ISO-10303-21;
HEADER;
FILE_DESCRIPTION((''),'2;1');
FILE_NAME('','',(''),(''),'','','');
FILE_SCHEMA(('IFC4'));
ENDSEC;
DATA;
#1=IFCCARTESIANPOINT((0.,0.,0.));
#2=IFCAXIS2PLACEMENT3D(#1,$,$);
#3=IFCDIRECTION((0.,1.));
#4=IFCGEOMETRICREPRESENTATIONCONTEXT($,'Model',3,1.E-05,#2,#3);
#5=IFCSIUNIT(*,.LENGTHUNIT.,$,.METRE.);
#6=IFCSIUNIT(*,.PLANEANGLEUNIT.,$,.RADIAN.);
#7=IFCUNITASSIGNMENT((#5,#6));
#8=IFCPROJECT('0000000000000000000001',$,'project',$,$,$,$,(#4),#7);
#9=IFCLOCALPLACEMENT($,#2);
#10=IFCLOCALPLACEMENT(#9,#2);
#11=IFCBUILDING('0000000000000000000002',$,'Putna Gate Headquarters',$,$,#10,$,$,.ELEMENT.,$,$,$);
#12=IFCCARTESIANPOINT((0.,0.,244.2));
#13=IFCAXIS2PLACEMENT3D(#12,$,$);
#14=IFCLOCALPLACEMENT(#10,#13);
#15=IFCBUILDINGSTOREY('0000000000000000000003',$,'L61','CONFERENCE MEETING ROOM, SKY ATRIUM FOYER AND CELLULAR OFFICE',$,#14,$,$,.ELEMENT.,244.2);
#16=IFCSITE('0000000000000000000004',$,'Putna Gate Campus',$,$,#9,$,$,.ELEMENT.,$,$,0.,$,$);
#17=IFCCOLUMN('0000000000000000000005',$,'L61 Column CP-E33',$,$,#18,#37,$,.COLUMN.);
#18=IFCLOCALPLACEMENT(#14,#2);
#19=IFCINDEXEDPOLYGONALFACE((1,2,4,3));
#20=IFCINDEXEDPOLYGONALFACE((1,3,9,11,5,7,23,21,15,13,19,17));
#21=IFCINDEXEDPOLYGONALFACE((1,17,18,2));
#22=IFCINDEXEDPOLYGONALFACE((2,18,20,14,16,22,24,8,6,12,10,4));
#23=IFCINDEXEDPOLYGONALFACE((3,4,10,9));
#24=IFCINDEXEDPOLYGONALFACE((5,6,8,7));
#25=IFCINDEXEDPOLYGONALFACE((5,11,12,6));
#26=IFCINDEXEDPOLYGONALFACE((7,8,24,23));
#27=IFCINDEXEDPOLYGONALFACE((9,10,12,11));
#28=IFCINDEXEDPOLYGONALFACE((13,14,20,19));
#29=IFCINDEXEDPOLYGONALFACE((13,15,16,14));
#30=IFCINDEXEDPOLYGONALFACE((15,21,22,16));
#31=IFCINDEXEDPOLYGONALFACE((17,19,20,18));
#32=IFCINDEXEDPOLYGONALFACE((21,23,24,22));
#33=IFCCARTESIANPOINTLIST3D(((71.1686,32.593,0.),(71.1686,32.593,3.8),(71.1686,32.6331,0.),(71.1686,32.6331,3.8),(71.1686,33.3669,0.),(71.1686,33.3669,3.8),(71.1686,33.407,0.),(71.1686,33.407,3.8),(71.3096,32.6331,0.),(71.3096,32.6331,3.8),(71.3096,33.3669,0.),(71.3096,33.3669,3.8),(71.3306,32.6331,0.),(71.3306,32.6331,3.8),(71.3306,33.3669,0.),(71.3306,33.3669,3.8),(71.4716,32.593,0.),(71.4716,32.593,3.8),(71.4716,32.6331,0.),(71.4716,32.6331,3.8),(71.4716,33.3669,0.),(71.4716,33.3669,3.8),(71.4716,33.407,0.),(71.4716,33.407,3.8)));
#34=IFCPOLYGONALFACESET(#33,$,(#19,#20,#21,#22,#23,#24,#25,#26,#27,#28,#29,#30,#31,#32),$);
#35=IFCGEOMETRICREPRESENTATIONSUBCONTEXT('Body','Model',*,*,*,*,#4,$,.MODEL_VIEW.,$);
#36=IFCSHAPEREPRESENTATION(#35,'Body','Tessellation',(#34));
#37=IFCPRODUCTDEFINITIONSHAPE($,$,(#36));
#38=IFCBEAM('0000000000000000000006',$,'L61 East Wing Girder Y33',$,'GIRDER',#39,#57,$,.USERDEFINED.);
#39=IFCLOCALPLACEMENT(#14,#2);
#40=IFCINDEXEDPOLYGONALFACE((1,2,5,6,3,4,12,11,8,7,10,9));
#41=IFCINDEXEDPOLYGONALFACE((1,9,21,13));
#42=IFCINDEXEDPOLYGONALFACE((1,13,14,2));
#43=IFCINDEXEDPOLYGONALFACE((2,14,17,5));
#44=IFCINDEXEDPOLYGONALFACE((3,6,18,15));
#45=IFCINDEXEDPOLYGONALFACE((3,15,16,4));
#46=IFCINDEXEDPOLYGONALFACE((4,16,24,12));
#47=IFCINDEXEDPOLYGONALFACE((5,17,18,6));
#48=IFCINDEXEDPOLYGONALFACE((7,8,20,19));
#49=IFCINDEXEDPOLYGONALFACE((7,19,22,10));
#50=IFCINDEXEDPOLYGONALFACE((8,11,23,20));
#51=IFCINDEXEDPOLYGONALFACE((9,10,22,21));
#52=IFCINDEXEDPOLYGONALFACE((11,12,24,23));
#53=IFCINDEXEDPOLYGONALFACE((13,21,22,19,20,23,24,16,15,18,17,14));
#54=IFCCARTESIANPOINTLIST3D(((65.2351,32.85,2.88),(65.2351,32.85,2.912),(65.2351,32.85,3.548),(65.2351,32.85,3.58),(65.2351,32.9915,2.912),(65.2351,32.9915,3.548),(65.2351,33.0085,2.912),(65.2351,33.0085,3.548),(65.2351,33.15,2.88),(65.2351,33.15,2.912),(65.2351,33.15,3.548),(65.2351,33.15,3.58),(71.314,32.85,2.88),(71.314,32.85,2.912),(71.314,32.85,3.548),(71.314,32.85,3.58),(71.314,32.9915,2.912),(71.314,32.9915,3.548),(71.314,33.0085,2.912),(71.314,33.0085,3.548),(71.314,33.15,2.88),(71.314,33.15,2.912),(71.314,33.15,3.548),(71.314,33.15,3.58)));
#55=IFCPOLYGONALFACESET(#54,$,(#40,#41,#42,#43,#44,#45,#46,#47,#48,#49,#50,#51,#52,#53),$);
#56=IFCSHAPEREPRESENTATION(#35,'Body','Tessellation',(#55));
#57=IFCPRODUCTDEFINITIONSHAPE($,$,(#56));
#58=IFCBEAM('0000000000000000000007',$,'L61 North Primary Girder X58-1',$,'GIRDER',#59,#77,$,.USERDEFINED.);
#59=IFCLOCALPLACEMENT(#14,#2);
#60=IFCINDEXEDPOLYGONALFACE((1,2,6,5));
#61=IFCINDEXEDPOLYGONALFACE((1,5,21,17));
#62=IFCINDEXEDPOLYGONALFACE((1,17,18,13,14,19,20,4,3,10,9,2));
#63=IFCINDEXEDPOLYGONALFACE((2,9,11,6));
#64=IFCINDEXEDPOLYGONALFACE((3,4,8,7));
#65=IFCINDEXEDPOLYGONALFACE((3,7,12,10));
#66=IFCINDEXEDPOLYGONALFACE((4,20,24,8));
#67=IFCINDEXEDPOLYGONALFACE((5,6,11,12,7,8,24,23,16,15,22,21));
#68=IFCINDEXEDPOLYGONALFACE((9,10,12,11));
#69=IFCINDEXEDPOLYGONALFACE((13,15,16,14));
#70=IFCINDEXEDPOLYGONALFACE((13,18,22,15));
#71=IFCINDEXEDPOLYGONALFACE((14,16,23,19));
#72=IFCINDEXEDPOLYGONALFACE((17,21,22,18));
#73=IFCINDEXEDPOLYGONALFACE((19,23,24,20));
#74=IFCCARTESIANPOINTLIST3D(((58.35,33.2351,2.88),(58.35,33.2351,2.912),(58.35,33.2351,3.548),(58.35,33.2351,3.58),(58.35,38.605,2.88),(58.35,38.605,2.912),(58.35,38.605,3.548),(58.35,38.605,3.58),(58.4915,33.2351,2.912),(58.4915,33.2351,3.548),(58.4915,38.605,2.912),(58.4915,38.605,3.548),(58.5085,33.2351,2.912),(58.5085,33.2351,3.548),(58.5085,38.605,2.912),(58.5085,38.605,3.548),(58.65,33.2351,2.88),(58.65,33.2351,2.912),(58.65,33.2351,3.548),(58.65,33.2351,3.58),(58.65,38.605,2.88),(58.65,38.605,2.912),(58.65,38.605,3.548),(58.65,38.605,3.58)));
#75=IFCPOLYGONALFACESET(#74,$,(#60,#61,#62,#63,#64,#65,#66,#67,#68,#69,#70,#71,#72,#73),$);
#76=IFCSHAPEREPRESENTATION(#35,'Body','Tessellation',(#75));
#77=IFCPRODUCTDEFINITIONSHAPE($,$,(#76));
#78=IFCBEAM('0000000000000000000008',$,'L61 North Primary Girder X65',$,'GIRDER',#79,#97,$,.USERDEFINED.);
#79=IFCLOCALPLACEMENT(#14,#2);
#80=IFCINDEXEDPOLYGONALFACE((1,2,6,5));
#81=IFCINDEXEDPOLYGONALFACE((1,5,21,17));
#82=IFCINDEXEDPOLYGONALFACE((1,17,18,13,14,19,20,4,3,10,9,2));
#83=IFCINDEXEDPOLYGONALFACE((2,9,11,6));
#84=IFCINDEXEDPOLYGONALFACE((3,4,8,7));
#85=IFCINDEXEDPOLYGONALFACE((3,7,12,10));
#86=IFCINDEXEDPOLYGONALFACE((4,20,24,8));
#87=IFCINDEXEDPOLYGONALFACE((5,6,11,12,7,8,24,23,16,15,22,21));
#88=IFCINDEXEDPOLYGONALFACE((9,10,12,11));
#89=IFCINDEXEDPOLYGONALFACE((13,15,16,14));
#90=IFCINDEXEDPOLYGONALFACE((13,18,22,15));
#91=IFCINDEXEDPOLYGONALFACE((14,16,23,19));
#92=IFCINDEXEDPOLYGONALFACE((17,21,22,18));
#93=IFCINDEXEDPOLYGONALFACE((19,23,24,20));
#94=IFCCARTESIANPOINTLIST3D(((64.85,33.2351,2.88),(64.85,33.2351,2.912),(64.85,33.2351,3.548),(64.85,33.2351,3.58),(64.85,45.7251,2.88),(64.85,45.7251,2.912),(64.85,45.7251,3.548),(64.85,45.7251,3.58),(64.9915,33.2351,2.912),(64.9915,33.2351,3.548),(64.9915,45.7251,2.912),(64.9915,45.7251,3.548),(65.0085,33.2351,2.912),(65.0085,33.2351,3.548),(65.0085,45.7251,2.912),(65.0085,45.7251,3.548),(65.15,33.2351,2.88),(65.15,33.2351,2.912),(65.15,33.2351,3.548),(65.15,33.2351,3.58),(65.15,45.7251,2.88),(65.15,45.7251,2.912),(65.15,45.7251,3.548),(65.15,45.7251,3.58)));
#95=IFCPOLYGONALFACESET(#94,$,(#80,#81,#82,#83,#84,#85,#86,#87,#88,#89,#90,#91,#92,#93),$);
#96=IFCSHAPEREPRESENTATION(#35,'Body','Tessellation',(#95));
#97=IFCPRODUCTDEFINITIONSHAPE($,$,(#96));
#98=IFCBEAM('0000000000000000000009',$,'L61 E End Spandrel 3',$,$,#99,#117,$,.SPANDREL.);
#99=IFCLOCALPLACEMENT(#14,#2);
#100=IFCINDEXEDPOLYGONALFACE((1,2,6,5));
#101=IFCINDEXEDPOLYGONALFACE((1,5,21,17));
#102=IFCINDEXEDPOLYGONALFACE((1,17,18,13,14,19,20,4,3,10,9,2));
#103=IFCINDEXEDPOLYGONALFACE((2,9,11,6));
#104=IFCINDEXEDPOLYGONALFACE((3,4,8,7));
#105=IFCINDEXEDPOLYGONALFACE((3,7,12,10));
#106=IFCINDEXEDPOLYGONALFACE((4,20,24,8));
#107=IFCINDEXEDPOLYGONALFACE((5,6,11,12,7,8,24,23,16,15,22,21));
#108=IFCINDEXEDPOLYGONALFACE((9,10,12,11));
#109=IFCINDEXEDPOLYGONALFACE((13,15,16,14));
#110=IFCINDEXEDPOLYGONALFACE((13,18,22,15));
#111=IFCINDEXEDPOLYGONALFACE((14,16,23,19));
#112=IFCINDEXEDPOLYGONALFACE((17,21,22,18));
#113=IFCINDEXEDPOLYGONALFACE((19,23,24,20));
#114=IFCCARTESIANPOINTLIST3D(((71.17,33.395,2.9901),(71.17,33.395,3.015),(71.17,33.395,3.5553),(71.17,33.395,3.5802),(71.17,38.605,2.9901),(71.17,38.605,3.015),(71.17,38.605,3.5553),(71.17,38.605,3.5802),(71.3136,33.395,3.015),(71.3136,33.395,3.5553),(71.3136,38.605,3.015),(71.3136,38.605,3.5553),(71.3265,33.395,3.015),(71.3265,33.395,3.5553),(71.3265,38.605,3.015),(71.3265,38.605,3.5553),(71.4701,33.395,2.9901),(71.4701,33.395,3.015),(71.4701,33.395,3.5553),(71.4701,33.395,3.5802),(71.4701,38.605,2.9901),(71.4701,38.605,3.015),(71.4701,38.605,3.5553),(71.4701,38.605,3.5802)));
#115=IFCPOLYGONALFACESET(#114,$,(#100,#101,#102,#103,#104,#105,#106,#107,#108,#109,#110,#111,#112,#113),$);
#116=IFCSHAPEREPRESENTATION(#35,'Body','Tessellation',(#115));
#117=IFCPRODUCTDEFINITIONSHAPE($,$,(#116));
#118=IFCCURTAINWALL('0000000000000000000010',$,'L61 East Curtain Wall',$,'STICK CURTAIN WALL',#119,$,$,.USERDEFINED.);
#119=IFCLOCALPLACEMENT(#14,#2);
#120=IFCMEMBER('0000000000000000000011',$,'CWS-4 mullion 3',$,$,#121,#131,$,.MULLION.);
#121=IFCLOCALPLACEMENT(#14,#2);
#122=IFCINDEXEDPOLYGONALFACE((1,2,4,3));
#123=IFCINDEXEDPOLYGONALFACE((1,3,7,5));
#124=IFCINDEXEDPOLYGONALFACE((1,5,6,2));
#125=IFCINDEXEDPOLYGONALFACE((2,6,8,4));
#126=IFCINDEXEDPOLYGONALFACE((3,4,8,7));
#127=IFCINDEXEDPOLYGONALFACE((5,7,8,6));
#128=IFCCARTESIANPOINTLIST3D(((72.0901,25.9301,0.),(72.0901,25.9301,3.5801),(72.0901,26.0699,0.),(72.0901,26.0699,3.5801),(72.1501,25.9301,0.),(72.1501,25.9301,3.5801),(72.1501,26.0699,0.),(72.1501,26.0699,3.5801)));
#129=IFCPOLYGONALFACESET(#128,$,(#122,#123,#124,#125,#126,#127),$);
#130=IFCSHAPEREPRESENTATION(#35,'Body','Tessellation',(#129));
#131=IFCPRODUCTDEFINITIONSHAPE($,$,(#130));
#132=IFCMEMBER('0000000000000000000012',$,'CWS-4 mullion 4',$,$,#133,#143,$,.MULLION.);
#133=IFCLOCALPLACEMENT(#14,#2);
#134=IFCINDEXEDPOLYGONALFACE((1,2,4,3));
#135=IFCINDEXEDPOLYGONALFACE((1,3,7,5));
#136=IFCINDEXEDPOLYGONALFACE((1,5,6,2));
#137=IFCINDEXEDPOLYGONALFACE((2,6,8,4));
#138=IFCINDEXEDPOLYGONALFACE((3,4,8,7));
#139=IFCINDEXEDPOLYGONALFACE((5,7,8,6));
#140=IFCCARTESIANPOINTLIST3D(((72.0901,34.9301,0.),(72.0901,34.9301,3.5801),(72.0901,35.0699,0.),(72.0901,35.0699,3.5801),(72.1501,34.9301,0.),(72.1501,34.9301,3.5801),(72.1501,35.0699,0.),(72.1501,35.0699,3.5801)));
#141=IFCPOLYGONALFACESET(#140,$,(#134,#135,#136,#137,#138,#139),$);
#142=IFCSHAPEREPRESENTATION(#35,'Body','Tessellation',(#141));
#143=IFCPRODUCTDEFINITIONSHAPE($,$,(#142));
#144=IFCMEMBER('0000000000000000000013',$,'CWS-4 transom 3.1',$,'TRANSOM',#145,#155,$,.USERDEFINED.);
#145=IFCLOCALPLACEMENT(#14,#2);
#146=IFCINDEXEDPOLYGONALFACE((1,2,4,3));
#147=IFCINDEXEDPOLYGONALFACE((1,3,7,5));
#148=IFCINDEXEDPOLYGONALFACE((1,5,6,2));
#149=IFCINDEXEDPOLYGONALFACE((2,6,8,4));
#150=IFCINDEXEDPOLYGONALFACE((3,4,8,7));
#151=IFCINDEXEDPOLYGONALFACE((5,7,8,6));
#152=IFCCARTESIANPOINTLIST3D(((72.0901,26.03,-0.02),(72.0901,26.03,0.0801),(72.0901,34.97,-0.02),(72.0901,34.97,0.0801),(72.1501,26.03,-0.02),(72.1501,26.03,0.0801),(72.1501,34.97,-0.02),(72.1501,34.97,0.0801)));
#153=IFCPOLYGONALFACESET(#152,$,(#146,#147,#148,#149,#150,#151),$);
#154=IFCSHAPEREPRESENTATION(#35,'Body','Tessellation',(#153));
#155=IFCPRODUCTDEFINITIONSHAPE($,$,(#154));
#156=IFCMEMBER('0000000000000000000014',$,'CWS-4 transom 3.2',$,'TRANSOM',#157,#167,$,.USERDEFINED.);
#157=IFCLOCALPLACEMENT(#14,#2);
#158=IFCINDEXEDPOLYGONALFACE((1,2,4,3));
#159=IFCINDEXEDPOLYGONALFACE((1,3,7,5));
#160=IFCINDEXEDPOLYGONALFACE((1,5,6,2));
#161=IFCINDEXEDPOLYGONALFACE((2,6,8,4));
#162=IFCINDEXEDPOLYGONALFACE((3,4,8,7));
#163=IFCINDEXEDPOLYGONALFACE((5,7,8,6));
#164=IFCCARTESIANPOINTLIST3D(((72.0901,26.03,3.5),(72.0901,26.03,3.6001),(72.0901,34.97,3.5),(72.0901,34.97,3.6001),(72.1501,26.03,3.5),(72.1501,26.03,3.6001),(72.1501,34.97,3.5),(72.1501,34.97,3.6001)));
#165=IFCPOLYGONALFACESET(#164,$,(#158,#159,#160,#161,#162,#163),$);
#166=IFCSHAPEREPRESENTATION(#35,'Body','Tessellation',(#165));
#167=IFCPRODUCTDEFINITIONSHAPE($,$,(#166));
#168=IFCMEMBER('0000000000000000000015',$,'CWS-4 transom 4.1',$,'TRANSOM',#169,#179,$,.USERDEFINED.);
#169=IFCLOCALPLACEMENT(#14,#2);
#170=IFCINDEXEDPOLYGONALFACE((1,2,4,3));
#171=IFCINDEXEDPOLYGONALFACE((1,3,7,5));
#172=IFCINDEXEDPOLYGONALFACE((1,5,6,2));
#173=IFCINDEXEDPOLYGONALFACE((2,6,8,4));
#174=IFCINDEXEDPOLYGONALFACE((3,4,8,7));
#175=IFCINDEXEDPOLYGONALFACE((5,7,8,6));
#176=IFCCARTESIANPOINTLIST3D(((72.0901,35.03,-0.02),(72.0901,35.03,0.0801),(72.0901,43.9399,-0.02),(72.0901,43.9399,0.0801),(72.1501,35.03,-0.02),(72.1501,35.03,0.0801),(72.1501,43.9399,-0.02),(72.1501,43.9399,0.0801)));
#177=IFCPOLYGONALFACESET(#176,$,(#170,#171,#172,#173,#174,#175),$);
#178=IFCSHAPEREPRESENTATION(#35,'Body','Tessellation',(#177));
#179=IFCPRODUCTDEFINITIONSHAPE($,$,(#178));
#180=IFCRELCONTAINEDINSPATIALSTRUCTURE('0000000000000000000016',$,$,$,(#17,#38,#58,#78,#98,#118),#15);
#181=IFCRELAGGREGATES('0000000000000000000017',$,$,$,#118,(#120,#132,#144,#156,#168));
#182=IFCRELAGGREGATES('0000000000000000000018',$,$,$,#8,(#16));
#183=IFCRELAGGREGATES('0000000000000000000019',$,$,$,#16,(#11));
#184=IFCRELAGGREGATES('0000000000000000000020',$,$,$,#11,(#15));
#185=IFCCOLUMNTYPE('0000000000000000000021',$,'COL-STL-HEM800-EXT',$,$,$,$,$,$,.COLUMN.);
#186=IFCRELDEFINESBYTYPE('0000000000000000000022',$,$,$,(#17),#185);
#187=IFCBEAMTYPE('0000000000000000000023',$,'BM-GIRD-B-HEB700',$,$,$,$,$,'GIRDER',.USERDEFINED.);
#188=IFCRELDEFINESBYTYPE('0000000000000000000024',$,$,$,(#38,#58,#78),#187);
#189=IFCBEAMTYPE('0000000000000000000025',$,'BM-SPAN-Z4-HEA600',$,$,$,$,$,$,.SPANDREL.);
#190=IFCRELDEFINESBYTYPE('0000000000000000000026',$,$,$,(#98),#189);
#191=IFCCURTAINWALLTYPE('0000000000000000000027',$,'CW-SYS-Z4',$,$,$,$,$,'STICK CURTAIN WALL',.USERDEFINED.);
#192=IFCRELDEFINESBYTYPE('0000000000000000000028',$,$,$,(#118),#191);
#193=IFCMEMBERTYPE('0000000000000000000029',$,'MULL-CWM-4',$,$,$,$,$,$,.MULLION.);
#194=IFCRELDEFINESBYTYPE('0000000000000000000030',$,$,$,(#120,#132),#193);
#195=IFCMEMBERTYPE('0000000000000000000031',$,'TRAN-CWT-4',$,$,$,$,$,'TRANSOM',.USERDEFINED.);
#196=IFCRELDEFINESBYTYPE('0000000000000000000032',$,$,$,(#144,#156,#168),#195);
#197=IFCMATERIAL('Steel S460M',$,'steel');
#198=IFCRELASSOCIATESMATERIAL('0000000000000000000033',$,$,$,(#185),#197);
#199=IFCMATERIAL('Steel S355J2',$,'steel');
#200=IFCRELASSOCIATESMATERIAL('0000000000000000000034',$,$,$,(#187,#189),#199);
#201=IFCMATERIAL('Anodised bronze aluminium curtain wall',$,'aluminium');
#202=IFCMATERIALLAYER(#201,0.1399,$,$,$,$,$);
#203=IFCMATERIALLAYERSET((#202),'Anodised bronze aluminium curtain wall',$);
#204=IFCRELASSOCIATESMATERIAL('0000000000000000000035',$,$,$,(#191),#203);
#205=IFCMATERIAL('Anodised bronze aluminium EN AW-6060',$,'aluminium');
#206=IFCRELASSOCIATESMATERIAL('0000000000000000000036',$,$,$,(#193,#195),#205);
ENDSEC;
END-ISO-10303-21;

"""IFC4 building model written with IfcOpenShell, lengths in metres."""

from ifc_helpers import new_model, si_unit, direction, frame, origin, origin_2d, place, context, subcontext, project, spatial, rectangle, i_section, extrude, material, layer, layer_set, material_profile, profile_set, type_object, element, aggregate, save


model = new_model("IFC4")

# Units and contexts
model_context = context("Model", 3, precision=1e-05, world=origin(), true_north=direction((0.0, 1.0)))
body_context = subcontext(model_context, "Body", "Model", "MODEL_VIEW")
ifc_project = project(units=[si_unit("LENGTHUNIT", "METRE"), si_unit("PLANEANGLEUNIT", "RADIAN")], contexts=[model_context])

# Site, building, storey
site_placement = place(None, origin())
site = spatial("IfcSite", under=ifc_project, at=site_placement, Name="Putna Gate Campus", CompositionType="ELEMENT", RefElevation=0.0)
building_placement = place(site_placement, origin())
building = spatial("IfcBuilding", under=site, at=building_placement, Name="Putna Gate Headquarters", CompositionType="ELEMENT")
storey_placement = place(building_placement, frame((0.0, 0.0, 244.2)))
storey = spatial("IfcBuildingStorey", under=building, at=storey_placement, Name="L61", Description="CONFERENCE MEETING ROOM, SKY ATRIUM FOYER AND CELLULAR OFFICE", CompositionType="ELEMENT", Elevation=244.2)

# Column
ifc_material_1 = material(Name="Steel S460M", Category="steel")
ifc_material_profile_1 = material_profile(ifc_material_1, i_section(OverallWidth=0.303, OverallDepth=0.814, WebThickness=0.021, FlangeThickness=0.04, at=origin_2d()), Name="Steel S460M")
ifc_profile_set_1 = profile_set([ifc_material_profile_1], Name="Steel S460M")
column_type = type_object("IfcColumnType", Name="COL-STL-HEM800-EXT", PredefinedType="COLUMN", material=ifc_profile_set_1)
column_placement = place(storey_placement, frame((71.3201, 33.0, 0.0), z_axis=(0.0, 0.0, 1.0), x_axis=(1.0, 0.0, 0.0)))
element("IfcColumn", 1, at=column_placement, inside=storey, type_object=column_type, Name="L61 Column CP-E33", PredefinedType="COLUMN", context=body_context, shape_type="SweptSolid", body=[
    extrude(i_section(OverallWidth=0.303, OverallDepth=0.814, WebThickness=0.021, FlangeThickness=0.04, at=origin_2d()), origin(), (0.0, 0.0, 1.0), 3.8),
])

# Beams
ifc_material_2 = material(Name="Steel S355J2", Category="steel")
ifc_material_profile_2 = material_profile(ifc_material_2, i_section(OverallWidth=0.3, OverallDepth=0.7, WebThickness=0.0171, FlangeThickness=0.032, at=origin_2d()), Name="Steel S355J2")
ifc_profile_set_2 = profile_set([ifc_material_profile_2], Name="Steel S355J2")
beam_type_1 = type_object("IfcBeamType", Name="BM-GIRD-B-HEB700", ElementType="GIRDER", PredefinedType="USERDEFINED", material=ifc_profile_set_2)
beam_1_placement = place(storey_placement, frame((65.2351, 33.0, 3.23), z_axis=(1.0, 0.0, 0.0), x_axis=(0.0, 1.0, 0.0)))
element("IfcBeam", 2, at=beam_1_placement, inside=storey, type_object=beam_type_1, Name="L61 East Wing Girder Y33", ObjectType="GIRDER", PredefinedType="USERDEFINED", context=body_context, shape_type="SweptSolid", body=[
    extrude(i_section(OverallWidth=0.3, OverallDepth=0.7, WebThickness=0.0171, FlangeThickness=0.032, at=origin_2d()), origin(), (0.0, 0.0, 1.0), 6.0789),
])
beam_2_placement = place(storey_placement, frame((58.5, 33.2351, 3.23), z_axis=(0.0, 1.0, 0.0), x_axis=(-1.0, 0.0, 0.0)))
element("IfcBeam", 3, at=beam_2_placement, inside=storey, type_object=beam_type_1, Name="L61 North Primary Girder X58-1", ObjectType="GIRDER", PredefinedType="USERDEFINED", context=body_context, shape_type="SweptSolid", body=[
    extrude(i_section(OverallWidth=0.3, OverallDepth=0.7, WebThickness=0.0171, FlangeThickness=0.032, at=origin_2d()), origin(), (0.0, 0.0, 1.0), 5.3699),
])
beam_3_placement = place(storey_placement, frame((65.0, 33.2351, 3.23), z_axis=(0.0, 1.0, 0.0), x_axis=(-1.0, 0.0, 0.0)))
element("IfcBeam", 4, at=beam_3_placement, inside=storey, type_object=beam_type_1, Name="L61 North Primary Girder X65", ObjectType="GIRDER", PredefinedType="USERDEFINED", context=body_context, shape_type="SweptSolid", body=[
    extrude(i_section(OverallWidth=0.3, OverallDepth=0.7, WebThickness=0.0171, FlangeThickness=0.032, at=origin_2d()), origin(), (0.0, 0.0, 1.0), 12.49),
])
ifc_material_profile_3 = material_profile(ifc_material_2, i_section(OverallWidth=0.3, OverallDepth=0.5901, WebThickness=0.0129, FlangeThickness=0.0249, at=origin_2d()), Name="Steel S355J2")
ifc_profile_set_3 = profile_set([ifc_material_profile_3], Name="Steel S355J2")
beam_type_2 = type_object("IfcBeamType", Name="BM-SPAN-Z4-HEA600", PredefinedType="SPANDREL", material=ifc_profile_set_3)
beam_4_placement = place(storey_placement, frame((71.3201, 33.395, 3.2852), z_axis=(0.0, 1.0, 0.0), x_axis=(-1.0, 0.0, 0.0)))
element("IfcBeam", 5, at=beam_4_placement, inside=storey, type_object=beam_type_2, Name="L61 E End Spandrel 3", PredefinedType="SPANDREL", context=body_context, shape_type="SweptSolid", body=[
    extrude(i_section(OverallWidth=0.3, OverallDepth=0.5901, WebThickness=0.0129, FlangeThickness=0.0249, at=origin_2d()), origin(), (0.0, 0.0, 1.0), 5.21),
])

# Curtain wall, members
ifc_material_3 = material(Name="Anodised bronze aluminium curtain wall", Category="aluminium")
ifc_layer_1 = layer(ifc_material_3, 0.1399)
ifc_layer_set_1 = layer_set([ifc_layer_1], Name="Anodised bronze aluminium curtain wall")
curtain_wall_type = type_object("IfcCurtainWallType", Name="CW-SYS-Z4", ElementType="STICK CURTAIN WALL", PredefinedType="USERDEFINED", material=ifc_layer_set_1)
curtain_wall_placement = place(storey_placement, origin())
curtain_wall = element("IfcCurtainWall", 6, at=curtain_wall_placement, inside=storey, type_object=curtain_wall_type, Name="L61 East Curtain Wall", ObjectType="STICK CURTAIN WALL", PredefinedType="USERDEFINED")
ifc_material_4 = material(Name="Anodised bronze aluminium EN AW-6060", Category="aluminium")
ifc_material_profile_4 = material_profile(ifc_material_4, rectangle(XDim=0.0601, YDim=0.1399, at=origin_2d()), Name="Anodised bronze aluminium EN AW-6060")
ifc_profile_set_4 = profile_set([ifc_material_profile_4], Name="Anodised bronze aluminium EN AW-6060")
member_type_1 = type_object("IfcMemberType", Name="MULL-CWM-4", PredefinedType="MULLION", material=ifc_profile_set_4)
member_1_placement = place(storey_placement, frame((72.1201, 26.0, 0.0), z_axis=(0.0, 0.0, 1.0), x_axis=(-1.0, 0.0, 0.0)))
member_1 = element("IfcMember", 7, at=member_1_placement, type_object=member_type_1, Name="CWS-4 mullion 3", PredefinedType="MULLION", context=body_context, shape_type="SweptSolid", body=[
    extrude(rectangle(XDim=0.0601, YDim=0.1399, at=origin_2d()), origin(), (0.0, 0.0, 1.0), 3.5801),
])
member_2_placement = place(storey_placement, frame((72.1201, 35.0, 0.0), z_axis=(0.0, 0.0, 1.0), x_axis=(-1.0, 0.0, 0.0)))
member_2 = element("IfcMember", 8, at=member_2_placement, type_object=member_type_1, Name="CWS-4 mullion 4", PredefinedType="MULLION", context=body_context, shape_type="SweptSolid", body=[
    extrude(rectangle(XDim=0.0601, YDim=0.1399, at=origin_2d()), origin(), (0.0, 0.0, 1.0), 3.5801),
])
ifc_material_profile_5 = material_profile(ifc_material_4, rectangle(XDim=0.0601, YDim=0.1001, at=origin_2d()), Name="Anodised bronze aluminium EN AW-6060")
ifc_profile_set_5 = profile_set([ifc_material_profile_5], Name="Anodised bronze aluminium EN AW-6060")
member_type_2 = type_object("IfcMemberType", Name="TRAN-CWT-4", ElementType="TRANSOM", PredefinedType="USERDEFINED", material=ifc_profile_set_5)
member_3_placement = place(storey_placement, frame((72.1201, 26.03, 0.03), z_axis=(0.0, 1.0, 0.0), x_axis=(-1.0, 0.0, 0.0)))
member_3 = element("IfcMember", 9, at=member_3_placement, type_object=member_type_2, Name="CWS-4 transom 3.1", ObjectType="TRANSOM", PredefinedType="USERDEFINED", context=body_context, shape_type="SweptSolid", body=[
    extrude(rectangle(XDim=0.0601, YDim=0.1001, at=origin_2d()), origin(), (0.0, 0.0, 1.0), 8.9399),
])
member_4_placement = place(storey_placement, frame((72.1201, 26.03, 3.55), z_axis=(0.0, 1.0, 0.0), x_axis=(-1.0, 0.0, 0.0)))
member_4 = element("IfcMember", 10, at=member_4_placement, type_object=member_type_2, Name="CWS-4 transom 3.2", ObjectType="TRANSOM", PredefinedType="USERDEFINED", context=body_context, shape_type="SweptSolid", body=[
    extrude(rectangle(XDim=0.0601, YDim=0.1001, at=origin_2d()), origin(), (0.0, 0.0, 1.0), 8.9399),
])
member_5_placement = place(storey_placement, frame((72.1201, 35.03, 0.03), z_axis=(0.0, 1.0, 0.0), x_axis=(-1.0, 0.0, 0.0)))
member_5 = element("IfcMember", 11, at=member_5_placement, type_object=member_type_2, Name="CWS-4 transom 4.1", ObjectType="TRANSOM", PredefinedType="USERDEFINED", context=body_context, shape_type="SweptSolid", body=[
    extrude(rectangle(XDim=0.0601, YDim=0.1001, at=origin_2d()), origin(), (0.0, 0.0, 1.0), 8.9099),
])
aggregate(curtain_wall, [member_1, member_2, member_3, member_4, member_5])

save(model, "model.ifc")
